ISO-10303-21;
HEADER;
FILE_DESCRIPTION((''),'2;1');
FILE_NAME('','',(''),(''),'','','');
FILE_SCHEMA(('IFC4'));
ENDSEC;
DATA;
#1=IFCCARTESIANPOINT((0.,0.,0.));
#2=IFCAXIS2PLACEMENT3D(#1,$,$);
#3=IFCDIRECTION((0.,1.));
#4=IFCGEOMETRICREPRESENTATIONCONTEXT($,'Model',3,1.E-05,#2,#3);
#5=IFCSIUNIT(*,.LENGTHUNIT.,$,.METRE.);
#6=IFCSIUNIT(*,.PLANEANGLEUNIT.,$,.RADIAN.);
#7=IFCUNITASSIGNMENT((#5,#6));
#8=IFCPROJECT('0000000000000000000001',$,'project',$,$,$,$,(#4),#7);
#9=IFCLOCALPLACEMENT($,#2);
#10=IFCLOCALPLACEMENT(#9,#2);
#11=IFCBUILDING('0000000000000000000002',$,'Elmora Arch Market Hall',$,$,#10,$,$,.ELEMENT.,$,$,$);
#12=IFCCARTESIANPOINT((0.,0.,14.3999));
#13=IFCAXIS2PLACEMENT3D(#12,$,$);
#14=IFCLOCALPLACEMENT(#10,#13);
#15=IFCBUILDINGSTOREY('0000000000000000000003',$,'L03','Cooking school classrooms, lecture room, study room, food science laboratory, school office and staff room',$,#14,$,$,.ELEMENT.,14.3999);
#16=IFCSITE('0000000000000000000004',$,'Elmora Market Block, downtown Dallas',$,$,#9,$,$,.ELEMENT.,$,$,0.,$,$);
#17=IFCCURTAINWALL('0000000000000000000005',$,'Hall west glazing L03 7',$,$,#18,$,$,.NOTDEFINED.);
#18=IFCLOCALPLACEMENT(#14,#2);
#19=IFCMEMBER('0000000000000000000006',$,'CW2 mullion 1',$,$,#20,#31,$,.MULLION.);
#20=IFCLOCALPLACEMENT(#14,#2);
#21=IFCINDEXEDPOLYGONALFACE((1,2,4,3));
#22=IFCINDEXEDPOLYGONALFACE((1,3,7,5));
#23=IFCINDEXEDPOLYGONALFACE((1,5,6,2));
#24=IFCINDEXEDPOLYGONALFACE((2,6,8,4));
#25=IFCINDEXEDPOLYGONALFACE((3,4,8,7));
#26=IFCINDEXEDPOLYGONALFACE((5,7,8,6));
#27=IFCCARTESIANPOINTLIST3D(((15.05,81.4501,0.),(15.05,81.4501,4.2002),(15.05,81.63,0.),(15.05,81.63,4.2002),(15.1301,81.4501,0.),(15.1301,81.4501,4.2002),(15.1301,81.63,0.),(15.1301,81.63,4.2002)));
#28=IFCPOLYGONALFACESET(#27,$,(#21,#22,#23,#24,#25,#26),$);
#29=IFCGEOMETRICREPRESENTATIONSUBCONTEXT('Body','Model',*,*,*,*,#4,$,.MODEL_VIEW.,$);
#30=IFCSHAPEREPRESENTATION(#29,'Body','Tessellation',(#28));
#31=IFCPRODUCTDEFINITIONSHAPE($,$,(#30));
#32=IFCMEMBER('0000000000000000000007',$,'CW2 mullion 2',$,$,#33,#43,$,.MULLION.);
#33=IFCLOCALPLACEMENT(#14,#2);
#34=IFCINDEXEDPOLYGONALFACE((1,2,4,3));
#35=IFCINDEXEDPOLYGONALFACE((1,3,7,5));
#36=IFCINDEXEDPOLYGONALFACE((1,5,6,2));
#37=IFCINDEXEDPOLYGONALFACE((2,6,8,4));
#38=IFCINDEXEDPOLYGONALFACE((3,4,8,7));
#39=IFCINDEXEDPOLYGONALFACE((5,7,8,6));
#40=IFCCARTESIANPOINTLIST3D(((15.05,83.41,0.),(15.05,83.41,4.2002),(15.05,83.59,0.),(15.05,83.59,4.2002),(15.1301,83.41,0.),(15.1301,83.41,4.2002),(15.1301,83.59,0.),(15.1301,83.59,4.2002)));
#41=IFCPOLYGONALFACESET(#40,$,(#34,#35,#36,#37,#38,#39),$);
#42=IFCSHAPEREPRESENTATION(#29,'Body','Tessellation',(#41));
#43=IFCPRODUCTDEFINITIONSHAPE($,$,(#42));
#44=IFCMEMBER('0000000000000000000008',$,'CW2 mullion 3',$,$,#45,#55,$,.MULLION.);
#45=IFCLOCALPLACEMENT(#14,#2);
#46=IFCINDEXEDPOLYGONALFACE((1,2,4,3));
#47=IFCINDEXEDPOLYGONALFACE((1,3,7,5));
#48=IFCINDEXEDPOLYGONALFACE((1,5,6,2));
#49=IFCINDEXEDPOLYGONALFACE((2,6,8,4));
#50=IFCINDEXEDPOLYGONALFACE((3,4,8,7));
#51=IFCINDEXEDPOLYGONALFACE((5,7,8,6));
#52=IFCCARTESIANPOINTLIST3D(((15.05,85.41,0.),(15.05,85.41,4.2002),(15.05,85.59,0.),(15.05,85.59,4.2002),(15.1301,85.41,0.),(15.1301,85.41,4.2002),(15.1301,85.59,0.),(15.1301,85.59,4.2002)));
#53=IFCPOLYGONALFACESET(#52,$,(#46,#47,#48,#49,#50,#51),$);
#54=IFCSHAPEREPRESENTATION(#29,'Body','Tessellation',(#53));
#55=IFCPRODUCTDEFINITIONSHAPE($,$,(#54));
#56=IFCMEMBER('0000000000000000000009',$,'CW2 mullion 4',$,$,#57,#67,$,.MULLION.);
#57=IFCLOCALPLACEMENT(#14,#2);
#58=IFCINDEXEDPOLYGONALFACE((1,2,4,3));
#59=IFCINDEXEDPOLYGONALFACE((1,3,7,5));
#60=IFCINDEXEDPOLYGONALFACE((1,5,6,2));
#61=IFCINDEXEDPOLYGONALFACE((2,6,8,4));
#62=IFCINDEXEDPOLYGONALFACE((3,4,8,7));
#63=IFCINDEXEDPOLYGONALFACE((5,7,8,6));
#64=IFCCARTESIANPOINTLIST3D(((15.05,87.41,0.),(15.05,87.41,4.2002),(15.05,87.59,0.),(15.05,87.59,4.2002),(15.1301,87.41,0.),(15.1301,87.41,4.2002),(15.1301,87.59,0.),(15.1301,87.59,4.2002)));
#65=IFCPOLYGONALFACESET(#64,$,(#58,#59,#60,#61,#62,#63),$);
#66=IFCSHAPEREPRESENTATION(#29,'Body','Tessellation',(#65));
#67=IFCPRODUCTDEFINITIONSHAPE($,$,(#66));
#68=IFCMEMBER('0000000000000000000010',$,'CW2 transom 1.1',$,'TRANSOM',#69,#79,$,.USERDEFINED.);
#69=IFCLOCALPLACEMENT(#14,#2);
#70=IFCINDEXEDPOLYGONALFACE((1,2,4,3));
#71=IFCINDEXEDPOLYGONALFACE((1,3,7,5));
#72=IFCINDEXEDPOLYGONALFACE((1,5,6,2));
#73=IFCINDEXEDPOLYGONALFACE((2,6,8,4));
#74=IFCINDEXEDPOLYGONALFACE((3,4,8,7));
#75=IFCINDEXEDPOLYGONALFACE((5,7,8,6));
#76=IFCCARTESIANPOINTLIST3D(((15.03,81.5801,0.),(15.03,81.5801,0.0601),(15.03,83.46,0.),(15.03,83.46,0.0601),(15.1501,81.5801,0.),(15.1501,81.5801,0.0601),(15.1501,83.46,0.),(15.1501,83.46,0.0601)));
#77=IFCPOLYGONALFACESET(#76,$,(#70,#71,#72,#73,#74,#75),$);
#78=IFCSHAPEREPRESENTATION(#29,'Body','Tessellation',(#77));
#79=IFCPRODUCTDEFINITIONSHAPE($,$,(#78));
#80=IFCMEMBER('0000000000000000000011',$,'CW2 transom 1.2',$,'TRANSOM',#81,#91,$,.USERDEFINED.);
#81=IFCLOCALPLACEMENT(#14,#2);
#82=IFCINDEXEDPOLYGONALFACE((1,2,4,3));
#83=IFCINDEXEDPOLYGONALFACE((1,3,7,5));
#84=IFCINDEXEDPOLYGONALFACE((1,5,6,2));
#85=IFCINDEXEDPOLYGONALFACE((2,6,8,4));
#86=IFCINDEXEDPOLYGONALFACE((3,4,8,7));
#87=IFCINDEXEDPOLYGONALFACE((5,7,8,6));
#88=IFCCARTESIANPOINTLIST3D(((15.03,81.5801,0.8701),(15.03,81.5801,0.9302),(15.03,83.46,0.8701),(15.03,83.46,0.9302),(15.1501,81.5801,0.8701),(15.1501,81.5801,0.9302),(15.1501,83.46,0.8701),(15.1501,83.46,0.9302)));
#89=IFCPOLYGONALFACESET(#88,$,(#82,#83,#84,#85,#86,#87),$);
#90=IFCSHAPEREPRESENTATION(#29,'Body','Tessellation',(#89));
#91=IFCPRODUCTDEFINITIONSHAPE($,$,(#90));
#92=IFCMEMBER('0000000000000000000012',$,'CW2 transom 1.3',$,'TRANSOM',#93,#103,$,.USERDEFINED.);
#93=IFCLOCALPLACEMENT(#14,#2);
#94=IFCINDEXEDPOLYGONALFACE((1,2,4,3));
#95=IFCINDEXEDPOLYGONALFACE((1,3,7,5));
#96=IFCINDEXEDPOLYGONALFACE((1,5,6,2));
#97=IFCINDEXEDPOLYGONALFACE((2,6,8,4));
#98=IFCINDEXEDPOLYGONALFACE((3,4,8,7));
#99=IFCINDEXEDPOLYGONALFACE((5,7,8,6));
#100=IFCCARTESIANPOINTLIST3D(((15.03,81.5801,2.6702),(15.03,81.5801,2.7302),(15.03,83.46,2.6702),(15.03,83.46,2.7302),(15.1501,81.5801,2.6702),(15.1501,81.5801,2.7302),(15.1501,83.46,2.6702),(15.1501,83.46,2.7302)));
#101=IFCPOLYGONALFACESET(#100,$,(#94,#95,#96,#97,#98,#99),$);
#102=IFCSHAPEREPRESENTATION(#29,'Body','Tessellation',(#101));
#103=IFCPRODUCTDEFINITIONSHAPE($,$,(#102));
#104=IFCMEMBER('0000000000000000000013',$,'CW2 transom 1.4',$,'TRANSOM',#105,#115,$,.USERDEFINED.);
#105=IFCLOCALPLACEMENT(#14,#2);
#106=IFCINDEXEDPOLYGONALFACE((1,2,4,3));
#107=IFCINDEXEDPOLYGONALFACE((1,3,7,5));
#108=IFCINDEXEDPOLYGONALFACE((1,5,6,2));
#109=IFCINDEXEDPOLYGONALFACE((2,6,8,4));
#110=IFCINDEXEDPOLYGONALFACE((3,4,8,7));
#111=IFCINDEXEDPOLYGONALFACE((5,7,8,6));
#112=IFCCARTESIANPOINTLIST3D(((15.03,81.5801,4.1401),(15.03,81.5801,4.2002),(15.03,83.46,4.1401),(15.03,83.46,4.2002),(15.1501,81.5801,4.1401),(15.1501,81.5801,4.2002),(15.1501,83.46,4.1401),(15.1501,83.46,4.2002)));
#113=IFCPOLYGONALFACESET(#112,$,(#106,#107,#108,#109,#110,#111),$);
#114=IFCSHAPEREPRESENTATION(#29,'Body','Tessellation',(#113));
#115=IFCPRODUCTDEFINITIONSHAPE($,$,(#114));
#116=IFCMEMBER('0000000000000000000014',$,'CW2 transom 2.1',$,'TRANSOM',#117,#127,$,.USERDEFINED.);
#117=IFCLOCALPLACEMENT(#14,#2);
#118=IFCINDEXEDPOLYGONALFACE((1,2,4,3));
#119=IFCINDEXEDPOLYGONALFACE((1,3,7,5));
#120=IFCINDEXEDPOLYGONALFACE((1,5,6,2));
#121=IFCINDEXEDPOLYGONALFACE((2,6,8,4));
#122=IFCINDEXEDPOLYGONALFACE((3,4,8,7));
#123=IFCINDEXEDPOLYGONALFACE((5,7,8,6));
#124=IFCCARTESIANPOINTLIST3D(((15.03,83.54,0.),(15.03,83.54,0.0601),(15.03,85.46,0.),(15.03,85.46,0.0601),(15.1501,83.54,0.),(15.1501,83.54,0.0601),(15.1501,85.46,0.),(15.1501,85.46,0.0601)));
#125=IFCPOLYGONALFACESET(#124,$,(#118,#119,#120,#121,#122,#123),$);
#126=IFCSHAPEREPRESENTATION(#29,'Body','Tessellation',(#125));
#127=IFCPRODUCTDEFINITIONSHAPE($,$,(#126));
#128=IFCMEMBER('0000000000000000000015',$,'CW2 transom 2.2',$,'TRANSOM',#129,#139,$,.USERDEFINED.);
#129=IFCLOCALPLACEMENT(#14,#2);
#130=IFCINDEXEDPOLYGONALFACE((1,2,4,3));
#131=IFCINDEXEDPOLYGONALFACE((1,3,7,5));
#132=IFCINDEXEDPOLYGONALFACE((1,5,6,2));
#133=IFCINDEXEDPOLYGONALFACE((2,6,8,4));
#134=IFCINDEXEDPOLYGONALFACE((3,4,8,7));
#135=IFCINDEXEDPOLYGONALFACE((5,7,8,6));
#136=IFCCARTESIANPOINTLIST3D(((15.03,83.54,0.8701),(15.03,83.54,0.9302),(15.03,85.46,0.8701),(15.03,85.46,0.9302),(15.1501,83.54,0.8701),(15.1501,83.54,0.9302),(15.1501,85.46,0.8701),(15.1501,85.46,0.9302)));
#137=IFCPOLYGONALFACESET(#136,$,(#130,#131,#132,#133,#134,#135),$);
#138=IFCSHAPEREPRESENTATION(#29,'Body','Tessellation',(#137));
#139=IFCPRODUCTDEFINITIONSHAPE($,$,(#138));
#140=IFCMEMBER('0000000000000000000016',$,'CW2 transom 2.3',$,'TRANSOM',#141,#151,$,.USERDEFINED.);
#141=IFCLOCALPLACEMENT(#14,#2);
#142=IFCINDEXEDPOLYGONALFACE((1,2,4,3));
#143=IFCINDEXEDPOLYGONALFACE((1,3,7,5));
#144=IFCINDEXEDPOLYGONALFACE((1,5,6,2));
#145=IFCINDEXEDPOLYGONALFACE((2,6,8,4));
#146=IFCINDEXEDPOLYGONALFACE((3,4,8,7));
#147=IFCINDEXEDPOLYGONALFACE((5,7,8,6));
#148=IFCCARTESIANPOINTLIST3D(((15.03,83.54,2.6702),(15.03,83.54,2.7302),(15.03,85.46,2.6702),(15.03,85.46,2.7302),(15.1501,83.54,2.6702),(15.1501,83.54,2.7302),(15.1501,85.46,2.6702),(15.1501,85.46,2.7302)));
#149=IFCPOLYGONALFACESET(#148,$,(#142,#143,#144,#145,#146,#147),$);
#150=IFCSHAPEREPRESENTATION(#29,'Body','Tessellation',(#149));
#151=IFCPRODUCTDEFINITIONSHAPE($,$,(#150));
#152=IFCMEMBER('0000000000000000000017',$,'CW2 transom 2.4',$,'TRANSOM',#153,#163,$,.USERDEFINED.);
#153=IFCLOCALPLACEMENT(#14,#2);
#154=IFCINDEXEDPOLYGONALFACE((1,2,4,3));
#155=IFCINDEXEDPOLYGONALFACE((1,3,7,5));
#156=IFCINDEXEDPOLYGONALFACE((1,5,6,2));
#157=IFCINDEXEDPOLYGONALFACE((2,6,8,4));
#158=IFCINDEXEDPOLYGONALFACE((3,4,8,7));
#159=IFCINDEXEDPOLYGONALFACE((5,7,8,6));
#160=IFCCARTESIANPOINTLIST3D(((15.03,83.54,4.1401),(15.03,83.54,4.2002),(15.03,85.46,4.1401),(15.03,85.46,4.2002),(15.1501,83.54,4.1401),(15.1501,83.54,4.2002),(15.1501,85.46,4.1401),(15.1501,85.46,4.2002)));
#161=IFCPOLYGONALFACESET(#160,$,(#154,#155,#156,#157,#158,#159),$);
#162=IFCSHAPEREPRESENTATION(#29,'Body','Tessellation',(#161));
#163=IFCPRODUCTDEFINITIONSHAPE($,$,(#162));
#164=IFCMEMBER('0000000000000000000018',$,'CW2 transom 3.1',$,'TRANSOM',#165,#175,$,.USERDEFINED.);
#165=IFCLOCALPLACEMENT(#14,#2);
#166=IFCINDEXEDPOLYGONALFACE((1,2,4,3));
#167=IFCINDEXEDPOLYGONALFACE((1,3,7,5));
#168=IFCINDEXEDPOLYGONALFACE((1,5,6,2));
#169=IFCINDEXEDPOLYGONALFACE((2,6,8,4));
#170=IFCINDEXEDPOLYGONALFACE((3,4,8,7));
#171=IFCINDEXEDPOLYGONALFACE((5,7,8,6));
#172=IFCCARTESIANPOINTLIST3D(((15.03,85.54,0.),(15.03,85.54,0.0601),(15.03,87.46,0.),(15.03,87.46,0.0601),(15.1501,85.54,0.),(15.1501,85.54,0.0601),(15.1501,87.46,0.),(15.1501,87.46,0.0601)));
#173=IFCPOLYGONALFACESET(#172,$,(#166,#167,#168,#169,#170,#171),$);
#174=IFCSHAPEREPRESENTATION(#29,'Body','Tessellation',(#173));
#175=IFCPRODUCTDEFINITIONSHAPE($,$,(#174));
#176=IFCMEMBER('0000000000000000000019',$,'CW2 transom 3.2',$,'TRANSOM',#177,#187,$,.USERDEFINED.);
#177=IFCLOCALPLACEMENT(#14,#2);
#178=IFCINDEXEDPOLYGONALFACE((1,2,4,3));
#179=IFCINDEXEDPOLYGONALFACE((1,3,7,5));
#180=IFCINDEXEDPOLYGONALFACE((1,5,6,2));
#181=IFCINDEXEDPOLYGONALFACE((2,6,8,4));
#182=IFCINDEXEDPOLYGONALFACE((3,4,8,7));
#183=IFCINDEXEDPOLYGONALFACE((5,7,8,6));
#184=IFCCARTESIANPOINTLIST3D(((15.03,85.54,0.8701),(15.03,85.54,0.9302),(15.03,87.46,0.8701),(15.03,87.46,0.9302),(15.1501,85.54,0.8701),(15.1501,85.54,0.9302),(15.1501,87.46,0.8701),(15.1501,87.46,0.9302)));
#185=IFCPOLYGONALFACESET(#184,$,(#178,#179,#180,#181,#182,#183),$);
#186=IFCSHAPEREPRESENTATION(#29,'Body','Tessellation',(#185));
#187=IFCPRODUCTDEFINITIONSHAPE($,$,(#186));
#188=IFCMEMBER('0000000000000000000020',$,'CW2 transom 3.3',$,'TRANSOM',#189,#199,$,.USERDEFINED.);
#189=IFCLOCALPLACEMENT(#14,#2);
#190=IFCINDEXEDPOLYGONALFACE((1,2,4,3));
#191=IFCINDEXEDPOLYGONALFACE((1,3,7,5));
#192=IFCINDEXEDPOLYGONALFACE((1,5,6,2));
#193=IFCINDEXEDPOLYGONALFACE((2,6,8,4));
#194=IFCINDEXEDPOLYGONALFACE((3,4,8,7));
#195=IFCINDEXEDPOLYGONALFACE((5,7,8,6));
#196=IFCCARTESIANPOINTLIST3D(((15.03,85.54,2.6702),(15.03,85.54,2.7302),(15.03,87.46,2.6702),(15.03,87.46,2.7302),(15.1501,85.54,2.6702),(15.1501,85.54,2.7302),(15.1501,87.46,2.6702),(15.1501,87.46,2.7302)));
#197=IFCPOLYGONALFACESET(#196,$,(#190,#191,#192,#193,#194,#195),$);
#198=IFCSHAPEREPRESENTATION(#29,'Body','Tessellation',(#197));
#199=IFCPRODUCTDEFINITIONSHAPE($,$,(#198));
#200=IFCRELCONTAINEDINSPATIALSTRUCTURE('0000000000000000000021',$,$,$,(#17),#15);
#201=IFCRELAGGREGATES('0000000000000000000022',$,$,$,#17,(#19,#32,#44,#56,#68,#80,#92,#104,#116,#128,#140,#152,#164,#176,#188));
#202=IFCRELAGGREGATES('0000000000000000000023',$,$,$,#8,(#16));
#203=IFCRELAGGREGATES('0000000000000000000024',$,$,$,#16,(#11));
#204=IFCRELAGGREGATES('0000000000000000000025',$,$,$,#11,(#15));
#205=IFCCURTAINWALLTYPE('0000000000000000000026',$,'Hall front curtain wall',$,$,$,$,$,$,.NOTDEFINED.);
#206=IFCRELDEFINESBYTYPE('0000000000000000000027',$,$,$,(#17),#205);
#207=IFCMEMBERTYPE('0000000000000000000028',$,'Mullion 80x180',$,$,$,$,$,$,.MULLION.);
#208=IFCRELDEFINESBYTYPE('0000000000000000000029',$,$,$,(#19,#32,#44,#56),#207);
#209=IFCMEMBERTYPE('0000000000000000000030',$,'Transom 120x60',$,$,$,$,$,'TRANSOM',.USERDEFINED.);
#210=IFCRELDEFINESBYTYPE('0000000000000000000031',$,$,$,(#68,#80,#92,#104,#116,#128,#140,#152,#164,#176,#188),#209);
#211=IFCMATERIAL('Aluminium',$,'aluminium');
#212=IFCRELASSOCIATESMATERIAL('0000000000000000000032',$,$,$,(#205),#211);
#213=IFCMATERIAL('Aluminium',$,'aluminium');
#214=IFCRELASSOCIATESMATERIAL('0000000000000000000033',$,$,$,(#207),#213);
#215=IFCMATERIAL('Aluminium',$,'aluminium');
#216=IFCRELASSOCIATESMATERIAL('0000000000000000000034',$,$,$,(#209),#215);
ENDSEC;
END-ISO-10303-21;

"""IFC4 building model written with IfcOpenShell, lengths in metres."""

from ifc_helpers import new_model, si_unit, direction, frame, origin, origin_2d, place, context, subcontext, project, spatial, rectangle, extrude, material, material_profile, profile_set, type_object, element, aggregate, save


model = new_model("IFC4")

# Units and contexts
model_context = context("Model", 3, precision=1e-05, world=origin(), true_north=direction((0.0, 1.0)))
body_context = subcontext(model_context, "Body", "Model", "MODEL_VIEW")
ifc_project = project(units=[si_unit("LENGTHUNIT", "METRE"), si_unit("PLANEANGLEUNIT", "RADIAN")], contexts=[model_context])

# Site, building, storey
site_placement = place(None, origin())
site = spatial("IfcSite", under=ifc_project, at=site_placement, Name="Elmora Market Block, downtown Dallas", CompositionType="ELEMENT", RefElevation=0.0)
building_placement = place(site_placement, origin())
building = spatial("IfcBuilding", under=site, at=building_placement, Name="Elmora Arch Market Hall", CompositionType="ELEMENT")
storey_placement = place(building_placement, frame((0.0, 0.0, 14.3999)))
storey = spatial("IfcBuildingStorey", under=building, at=storey_placement, Name="L03", Description="Cooking school classrooms, lecture room, study room, food science laboratory, school office and staff room", CompositionType="ELEMENT", Elevation=14.3999)

# Curtain wall, members
ifc_material_1 = material(Name="Aluminium", Category="aluminium")
curtain_wall_type = type_object("IfcCurtainWallType", Name="Hall front curtain wall", PredefinedType="NOTDEFINED", material=ifc_material_1)
curtain_wall_placement = place(storey_placement, origin())
curtain_wall = element("IfcCurtainWall", 1, at=curtain_wall_placement, inside=storey, type_object=curtain_wall_type, Name="Hall west glazing L03 7", PredefinedType="NOTDEFINED")
ifc_material_2 = material(Name="Aluminium", Category="aluminium")
ifc_material_profile_1 = material_profile(ifc_material_2, rectangle(XDim=0.0801, YDim=0.1799, at=origin_2d()), Name="AL 80x180")
ifc_profile_set_1 = profile_set([ifc_material_profile_1], Name="Aluminium")
member_type_1 = type_object("IfcMemberType", Name="Mullion 80x180", PredefinedType="MULLION", material=ifc_profile_set_1)
member_1_placement = place(storey_placement, frame((15.0901, 81.54, 0.0), z_axis=(0.0, 0.0, 1.0), x_axis=(-1.0, 0.0, 0.0)))
member_1 = element("IfcMember", 2, at=member_1_placement, type_object=member_type_1, Name="CW2 mullion 1", PredefinedType="MULLION", context=body_context, shape_type="SweptSolid", body=[
    extrude(rectangle(XDim=0.0801, YDim=0.1799, at=origin_2d()), origin(), (0.0, 0.0, 1.0), 4.2002),
])
member_2_placement = place(storey_placement, frame((15.0901, 83.5, 0.0), z_axis=(0.0, 0.0, 1.0), x_axis=(-1.0, 0.0, 0.0)))
member_2 = element("IfcMember", 3, at=member_2_placement, type_object=member_type_1, Name="CW2 mullion 2", PredefinedType="MULLION", context=body_context, shape_type="SweptSolid", body=[
    extrude(rectangle(XDim=0.0801, YDim=0.1799, at=origin_2d()), origin(), (0.0, 0.0, 1.0), 4.2002),
])
member_3_placement = place(storey_placement, frame((15.0901, 85.5, 0.0), z_axis=(0.0, 0.0, 1.0), x_axis=(-1.0, 0.0, 0.0)))
member_3 = element("IfcMember", 4, at=member_3_placement, type_object=member_type_1, Name="CW2 mullion 3", PredefinedType="MULLION", context=body_context, shape_type="SweptSolid", body=[
    extrude(rectangle(XDim=0.0801, YDim=0.1799, at=origin_2d()), origin(), (0.0, 0.0, 1.0), 4.2002),
])
member_4_placement = place(storey_placement, frame((15.0901, 87.5, 0.0), z_axis=(0.0, 0.0, 1.0), x_axis=(-1.0, 0.0, 0.0)))
member_4 = element("IfcMember", 5, at=member_4_placement, type_object=member_type_1, Name="CW2 mullion 4", PredefinedType="MULLION", context=body_context, shape_type="SweptSolid", body=[
    extrude(rectangle(XDim=0.0801, YDim=0.1799, at=origin_2d()), origin(), (0.0, 0.0, 1.0), 4.2002),
])
ifc_material_3 = material(Name="Aluminium", Category="aluminium")
ifc_material_profile_2 = material_profile(ifc_material_3, rectangle(XDim=0.1201, YDim=0.0601, at=origin_2d()), Name="AL 120x60")
ifc_profile_set_2 = profile_set([ifc_material_profile_2], Name="Aluminium")
member_type_2 = type_object("IfcMemberType", Name="Transom 120x60", ElementType="TRANSOM", PredefinedType="USERDEFINED", material=ifc_profile_set_2)
member_5_placement = place(storey_placement, frame((15.0901, 81.5801, 0.03), z_axis=(0.0, 1.0, 0.0), x_axis=(-1.0, 0.0, 0.0)))
member_5 = element("IfcMember", 6, at=member_5_placement, type_object=member_type_2, Name="CW2 transom 1.1", ObjectType="TRANSOM", PredefinedType="USERDEFINED", context=body_context, shape_type="SweptSolid", body=[
    extrude(rectangle(XDim=0.1201, YDim=0.0601, at=origin_2d()), origin(), (0.0, 0.0, 1.0), 1.8799),
])
member_6_placement = place(storey_placement, frame((15.0901, 81.5801, 0.9001), z_axis=(0.0, 1.0, 0.0), x_axis=(-1.0, 0.0, 0.0)))
member_6 = element("IfcMember", 7, at=member_6_placement, type_object=member_type_2, Name="CW2 transom 1.2", ObjectType="TRANSOM", PredefinedType="USERDEFINED", context=body_context, shape_type="SweptSolid", body=[
    extrude(rectangle(XDim=0.1201, YDim=0.0601, at=origin_2d()), origin(), (0.0, 0.0, 1.0), 1.8799),
])
member_7_placement = place(storey_placement, frame((15.0901, 81.5801, 2.7002), z_axis=(0.0, 1.0, 0.0), x_axis=(-1.0, 0.0, 0.0)))
member_7 = element("IfcMember", 8, at=member_7_placement, type_object=member_type_2, Name="CW2 transom 1.3", ObjectType="TRANSOM", PredefinedType="USERDEFINED", context=body_context, shape_type="SweptSolid", body=[
    extrude(rectangle(XDim=0.1201, YDim=0.0601, at=origin_2d()), origin(), (0.0, 0.0, 1.0), 1.8799),
])
member_8_placement = place(storey_placement, frame((15.0901, 81.5801, 4.1702), z_axis=(0.0, 1.0, 0.0), x_axis=(-1.0, 0.0, 0.0)))
member_8 = element("IfcMember", 9, at=member_8_placement, type_object=member_type_2, Name="CW2 transom 1.4", ObjectType="TRANSOM", PredefinedType="USERDEFINED", context=body_context, shape_type="SweptSolid", body=[
    extrude(rectangle(XDim=0.1201, YDim=0.0601, at=origin_2d()), origin(), (0.0, 0.0, 1.0), 1.8799),
])
member_9_placement = place(storey_placement, frame((15.0901, 83.54, 0.03), z_axis=(0.0, 1.0, 0.0), x_axis=(-1.0, 0.0, 0.0)))
member_9 = element("IfcMember", 10, at=member_9_placement, type_object=member_type_2, Name="CW2 transom 2.1", ObjectType="TRANSOM", PredefinedType="USERDEFINED", context=body_context, shape_type="SweptSolid", body=[
    extrude(rectangle(XDim=0.1201, YDim=0.0601, at=origin_2d()), origin(), (0.0, 0.0, 1.0), 1.9199),
])
member_10_placement = place(storey_placement, frame((15.0901, 83.54, 0.9001), z_axis=(0.0, 1.0, 0.0), x_axis=(-1.0, 0.0, 0.0)))
member_10 = element("IfcMember", 11, at=member_10_placement, type_object=member_type_2, Name="CW2 transom 2.2", ObjectType="TRANSOM", PredefinedType="USERDEFINED", context=body_context, shape_type="SweptSolid", body=[
    extrude(rectangle(XDim=0.1201, YDim=0.0601, at=origin_2d()), origin(), (0.0, 0.0, 1.0), 1.9199),
])
member_11_placement = place(storey_placement, frame((15.0901, 83.54, 2.7002), z_axis=(0.0, 1.0, 0.0), x_axis=(-1.0, 0.0, 0.0)))
member_11 = element("IfcMember", 12, at=member_11_placement, type_object=member_type_2, Name="CW2 transom 2.3", ObjectType="TRANSOM", PredefinedType="USERDEFINED", context=body_context, shape_type="SweptSolid", body=[
    extrude(rectangle(XDim=0.1201, YDim=0.0601, at=origin_2d()), origin(), (0.0, 0.0, 1.0), 1.9199),
])
member_12_placement = place(storey_placement, frame((15.0901, 83.54, 4.1702), z_axis=(0.0, 1.0, 0.0), x_axis=(-1.0, 0.0, 0.0)))
member_12 = element("IfcMember", 13, at=member_12_placement, type_object=member_type_2, Name="CW2 transom 2.4", ObjectType="TRANSOM", PredefinedType="USERDEFINED", context=body_context, shape_type="SweptSolid", body=[
    extrude(rectangle(XDim=0.1201, YDim=0.0601, at=origin_2d()), origin(), (0.0, 0.0, 1.0), 1.9199),
])
member_13_placement = place(storey_placement, frame((15.0901, 85.54, 0.03), z_axis=(0.0, 1.0, 0.0), x_axis=(-1.0, 0.0, 0.0)))
member_13 = element("IfcMember", 14, at=member_13_placement, type_object=member_type_2, Name="CW2 transom 3.1", ObjectType="TRANSOM", PredefinedType="USERDEFINED", context=body_context, shape_type="SweptSolid", body=[
    extrude(rectangle(XDim=0.1201, YDim=0.0601, at=origin_2d()), origin(), (0.0, 0.0, 1.0), 1.9199),
])
member_14_placement = place(storey_placement, frame((15.0901, 85.54, 0.9001), z_axis=(0.0, 1.0, 0.0), x_axis=(-1.0, 0.0, 0.0)))
member_14 = element("IfcMember", 15, at=member_14_placement, type_object=member_type_2, Name="CW2 transom 3.2", ObjectType="TRANSOM", PredefinedType="USERDEFINED", context=body_context, shape_type="SweptSolid", body=[
    extrude(rectangle(XDim=0.1201, YDim=0.0601, at=origin_2d()), origin(), (0.0, 0.0, 1.0), 1.9199),
])
member_15_placement = place(storey_placement, frame((15.0901, 85.54, 2.7002), z_axis=(0.0, 1.0, 0.0), x_axis=(-1.0, 0.0, 0.0)))
member_15 = element("IfcMember", 16, at=member_15_placement, type_object=member_type_2, Name="CW2 transom 3.3", ObjectType="TRANSOM", PredefinedType="USERDEFINED", context=body_context, shape_type="SweptSolid", body=[
    extrude(rectangle(XDim=0.1201, YDim=0.0601, at=origin_2d()), origin(), (0.0, 0.0, 1.0), 1.9199),
])
aggregate(curtain_wall, [member_1, member_2, member_3, member_4, member_5, member_6, member_7, member_8, member_9, member_10, member_11, member_12, member_13, member_14, member_15])

save(model, "model.ifc")
